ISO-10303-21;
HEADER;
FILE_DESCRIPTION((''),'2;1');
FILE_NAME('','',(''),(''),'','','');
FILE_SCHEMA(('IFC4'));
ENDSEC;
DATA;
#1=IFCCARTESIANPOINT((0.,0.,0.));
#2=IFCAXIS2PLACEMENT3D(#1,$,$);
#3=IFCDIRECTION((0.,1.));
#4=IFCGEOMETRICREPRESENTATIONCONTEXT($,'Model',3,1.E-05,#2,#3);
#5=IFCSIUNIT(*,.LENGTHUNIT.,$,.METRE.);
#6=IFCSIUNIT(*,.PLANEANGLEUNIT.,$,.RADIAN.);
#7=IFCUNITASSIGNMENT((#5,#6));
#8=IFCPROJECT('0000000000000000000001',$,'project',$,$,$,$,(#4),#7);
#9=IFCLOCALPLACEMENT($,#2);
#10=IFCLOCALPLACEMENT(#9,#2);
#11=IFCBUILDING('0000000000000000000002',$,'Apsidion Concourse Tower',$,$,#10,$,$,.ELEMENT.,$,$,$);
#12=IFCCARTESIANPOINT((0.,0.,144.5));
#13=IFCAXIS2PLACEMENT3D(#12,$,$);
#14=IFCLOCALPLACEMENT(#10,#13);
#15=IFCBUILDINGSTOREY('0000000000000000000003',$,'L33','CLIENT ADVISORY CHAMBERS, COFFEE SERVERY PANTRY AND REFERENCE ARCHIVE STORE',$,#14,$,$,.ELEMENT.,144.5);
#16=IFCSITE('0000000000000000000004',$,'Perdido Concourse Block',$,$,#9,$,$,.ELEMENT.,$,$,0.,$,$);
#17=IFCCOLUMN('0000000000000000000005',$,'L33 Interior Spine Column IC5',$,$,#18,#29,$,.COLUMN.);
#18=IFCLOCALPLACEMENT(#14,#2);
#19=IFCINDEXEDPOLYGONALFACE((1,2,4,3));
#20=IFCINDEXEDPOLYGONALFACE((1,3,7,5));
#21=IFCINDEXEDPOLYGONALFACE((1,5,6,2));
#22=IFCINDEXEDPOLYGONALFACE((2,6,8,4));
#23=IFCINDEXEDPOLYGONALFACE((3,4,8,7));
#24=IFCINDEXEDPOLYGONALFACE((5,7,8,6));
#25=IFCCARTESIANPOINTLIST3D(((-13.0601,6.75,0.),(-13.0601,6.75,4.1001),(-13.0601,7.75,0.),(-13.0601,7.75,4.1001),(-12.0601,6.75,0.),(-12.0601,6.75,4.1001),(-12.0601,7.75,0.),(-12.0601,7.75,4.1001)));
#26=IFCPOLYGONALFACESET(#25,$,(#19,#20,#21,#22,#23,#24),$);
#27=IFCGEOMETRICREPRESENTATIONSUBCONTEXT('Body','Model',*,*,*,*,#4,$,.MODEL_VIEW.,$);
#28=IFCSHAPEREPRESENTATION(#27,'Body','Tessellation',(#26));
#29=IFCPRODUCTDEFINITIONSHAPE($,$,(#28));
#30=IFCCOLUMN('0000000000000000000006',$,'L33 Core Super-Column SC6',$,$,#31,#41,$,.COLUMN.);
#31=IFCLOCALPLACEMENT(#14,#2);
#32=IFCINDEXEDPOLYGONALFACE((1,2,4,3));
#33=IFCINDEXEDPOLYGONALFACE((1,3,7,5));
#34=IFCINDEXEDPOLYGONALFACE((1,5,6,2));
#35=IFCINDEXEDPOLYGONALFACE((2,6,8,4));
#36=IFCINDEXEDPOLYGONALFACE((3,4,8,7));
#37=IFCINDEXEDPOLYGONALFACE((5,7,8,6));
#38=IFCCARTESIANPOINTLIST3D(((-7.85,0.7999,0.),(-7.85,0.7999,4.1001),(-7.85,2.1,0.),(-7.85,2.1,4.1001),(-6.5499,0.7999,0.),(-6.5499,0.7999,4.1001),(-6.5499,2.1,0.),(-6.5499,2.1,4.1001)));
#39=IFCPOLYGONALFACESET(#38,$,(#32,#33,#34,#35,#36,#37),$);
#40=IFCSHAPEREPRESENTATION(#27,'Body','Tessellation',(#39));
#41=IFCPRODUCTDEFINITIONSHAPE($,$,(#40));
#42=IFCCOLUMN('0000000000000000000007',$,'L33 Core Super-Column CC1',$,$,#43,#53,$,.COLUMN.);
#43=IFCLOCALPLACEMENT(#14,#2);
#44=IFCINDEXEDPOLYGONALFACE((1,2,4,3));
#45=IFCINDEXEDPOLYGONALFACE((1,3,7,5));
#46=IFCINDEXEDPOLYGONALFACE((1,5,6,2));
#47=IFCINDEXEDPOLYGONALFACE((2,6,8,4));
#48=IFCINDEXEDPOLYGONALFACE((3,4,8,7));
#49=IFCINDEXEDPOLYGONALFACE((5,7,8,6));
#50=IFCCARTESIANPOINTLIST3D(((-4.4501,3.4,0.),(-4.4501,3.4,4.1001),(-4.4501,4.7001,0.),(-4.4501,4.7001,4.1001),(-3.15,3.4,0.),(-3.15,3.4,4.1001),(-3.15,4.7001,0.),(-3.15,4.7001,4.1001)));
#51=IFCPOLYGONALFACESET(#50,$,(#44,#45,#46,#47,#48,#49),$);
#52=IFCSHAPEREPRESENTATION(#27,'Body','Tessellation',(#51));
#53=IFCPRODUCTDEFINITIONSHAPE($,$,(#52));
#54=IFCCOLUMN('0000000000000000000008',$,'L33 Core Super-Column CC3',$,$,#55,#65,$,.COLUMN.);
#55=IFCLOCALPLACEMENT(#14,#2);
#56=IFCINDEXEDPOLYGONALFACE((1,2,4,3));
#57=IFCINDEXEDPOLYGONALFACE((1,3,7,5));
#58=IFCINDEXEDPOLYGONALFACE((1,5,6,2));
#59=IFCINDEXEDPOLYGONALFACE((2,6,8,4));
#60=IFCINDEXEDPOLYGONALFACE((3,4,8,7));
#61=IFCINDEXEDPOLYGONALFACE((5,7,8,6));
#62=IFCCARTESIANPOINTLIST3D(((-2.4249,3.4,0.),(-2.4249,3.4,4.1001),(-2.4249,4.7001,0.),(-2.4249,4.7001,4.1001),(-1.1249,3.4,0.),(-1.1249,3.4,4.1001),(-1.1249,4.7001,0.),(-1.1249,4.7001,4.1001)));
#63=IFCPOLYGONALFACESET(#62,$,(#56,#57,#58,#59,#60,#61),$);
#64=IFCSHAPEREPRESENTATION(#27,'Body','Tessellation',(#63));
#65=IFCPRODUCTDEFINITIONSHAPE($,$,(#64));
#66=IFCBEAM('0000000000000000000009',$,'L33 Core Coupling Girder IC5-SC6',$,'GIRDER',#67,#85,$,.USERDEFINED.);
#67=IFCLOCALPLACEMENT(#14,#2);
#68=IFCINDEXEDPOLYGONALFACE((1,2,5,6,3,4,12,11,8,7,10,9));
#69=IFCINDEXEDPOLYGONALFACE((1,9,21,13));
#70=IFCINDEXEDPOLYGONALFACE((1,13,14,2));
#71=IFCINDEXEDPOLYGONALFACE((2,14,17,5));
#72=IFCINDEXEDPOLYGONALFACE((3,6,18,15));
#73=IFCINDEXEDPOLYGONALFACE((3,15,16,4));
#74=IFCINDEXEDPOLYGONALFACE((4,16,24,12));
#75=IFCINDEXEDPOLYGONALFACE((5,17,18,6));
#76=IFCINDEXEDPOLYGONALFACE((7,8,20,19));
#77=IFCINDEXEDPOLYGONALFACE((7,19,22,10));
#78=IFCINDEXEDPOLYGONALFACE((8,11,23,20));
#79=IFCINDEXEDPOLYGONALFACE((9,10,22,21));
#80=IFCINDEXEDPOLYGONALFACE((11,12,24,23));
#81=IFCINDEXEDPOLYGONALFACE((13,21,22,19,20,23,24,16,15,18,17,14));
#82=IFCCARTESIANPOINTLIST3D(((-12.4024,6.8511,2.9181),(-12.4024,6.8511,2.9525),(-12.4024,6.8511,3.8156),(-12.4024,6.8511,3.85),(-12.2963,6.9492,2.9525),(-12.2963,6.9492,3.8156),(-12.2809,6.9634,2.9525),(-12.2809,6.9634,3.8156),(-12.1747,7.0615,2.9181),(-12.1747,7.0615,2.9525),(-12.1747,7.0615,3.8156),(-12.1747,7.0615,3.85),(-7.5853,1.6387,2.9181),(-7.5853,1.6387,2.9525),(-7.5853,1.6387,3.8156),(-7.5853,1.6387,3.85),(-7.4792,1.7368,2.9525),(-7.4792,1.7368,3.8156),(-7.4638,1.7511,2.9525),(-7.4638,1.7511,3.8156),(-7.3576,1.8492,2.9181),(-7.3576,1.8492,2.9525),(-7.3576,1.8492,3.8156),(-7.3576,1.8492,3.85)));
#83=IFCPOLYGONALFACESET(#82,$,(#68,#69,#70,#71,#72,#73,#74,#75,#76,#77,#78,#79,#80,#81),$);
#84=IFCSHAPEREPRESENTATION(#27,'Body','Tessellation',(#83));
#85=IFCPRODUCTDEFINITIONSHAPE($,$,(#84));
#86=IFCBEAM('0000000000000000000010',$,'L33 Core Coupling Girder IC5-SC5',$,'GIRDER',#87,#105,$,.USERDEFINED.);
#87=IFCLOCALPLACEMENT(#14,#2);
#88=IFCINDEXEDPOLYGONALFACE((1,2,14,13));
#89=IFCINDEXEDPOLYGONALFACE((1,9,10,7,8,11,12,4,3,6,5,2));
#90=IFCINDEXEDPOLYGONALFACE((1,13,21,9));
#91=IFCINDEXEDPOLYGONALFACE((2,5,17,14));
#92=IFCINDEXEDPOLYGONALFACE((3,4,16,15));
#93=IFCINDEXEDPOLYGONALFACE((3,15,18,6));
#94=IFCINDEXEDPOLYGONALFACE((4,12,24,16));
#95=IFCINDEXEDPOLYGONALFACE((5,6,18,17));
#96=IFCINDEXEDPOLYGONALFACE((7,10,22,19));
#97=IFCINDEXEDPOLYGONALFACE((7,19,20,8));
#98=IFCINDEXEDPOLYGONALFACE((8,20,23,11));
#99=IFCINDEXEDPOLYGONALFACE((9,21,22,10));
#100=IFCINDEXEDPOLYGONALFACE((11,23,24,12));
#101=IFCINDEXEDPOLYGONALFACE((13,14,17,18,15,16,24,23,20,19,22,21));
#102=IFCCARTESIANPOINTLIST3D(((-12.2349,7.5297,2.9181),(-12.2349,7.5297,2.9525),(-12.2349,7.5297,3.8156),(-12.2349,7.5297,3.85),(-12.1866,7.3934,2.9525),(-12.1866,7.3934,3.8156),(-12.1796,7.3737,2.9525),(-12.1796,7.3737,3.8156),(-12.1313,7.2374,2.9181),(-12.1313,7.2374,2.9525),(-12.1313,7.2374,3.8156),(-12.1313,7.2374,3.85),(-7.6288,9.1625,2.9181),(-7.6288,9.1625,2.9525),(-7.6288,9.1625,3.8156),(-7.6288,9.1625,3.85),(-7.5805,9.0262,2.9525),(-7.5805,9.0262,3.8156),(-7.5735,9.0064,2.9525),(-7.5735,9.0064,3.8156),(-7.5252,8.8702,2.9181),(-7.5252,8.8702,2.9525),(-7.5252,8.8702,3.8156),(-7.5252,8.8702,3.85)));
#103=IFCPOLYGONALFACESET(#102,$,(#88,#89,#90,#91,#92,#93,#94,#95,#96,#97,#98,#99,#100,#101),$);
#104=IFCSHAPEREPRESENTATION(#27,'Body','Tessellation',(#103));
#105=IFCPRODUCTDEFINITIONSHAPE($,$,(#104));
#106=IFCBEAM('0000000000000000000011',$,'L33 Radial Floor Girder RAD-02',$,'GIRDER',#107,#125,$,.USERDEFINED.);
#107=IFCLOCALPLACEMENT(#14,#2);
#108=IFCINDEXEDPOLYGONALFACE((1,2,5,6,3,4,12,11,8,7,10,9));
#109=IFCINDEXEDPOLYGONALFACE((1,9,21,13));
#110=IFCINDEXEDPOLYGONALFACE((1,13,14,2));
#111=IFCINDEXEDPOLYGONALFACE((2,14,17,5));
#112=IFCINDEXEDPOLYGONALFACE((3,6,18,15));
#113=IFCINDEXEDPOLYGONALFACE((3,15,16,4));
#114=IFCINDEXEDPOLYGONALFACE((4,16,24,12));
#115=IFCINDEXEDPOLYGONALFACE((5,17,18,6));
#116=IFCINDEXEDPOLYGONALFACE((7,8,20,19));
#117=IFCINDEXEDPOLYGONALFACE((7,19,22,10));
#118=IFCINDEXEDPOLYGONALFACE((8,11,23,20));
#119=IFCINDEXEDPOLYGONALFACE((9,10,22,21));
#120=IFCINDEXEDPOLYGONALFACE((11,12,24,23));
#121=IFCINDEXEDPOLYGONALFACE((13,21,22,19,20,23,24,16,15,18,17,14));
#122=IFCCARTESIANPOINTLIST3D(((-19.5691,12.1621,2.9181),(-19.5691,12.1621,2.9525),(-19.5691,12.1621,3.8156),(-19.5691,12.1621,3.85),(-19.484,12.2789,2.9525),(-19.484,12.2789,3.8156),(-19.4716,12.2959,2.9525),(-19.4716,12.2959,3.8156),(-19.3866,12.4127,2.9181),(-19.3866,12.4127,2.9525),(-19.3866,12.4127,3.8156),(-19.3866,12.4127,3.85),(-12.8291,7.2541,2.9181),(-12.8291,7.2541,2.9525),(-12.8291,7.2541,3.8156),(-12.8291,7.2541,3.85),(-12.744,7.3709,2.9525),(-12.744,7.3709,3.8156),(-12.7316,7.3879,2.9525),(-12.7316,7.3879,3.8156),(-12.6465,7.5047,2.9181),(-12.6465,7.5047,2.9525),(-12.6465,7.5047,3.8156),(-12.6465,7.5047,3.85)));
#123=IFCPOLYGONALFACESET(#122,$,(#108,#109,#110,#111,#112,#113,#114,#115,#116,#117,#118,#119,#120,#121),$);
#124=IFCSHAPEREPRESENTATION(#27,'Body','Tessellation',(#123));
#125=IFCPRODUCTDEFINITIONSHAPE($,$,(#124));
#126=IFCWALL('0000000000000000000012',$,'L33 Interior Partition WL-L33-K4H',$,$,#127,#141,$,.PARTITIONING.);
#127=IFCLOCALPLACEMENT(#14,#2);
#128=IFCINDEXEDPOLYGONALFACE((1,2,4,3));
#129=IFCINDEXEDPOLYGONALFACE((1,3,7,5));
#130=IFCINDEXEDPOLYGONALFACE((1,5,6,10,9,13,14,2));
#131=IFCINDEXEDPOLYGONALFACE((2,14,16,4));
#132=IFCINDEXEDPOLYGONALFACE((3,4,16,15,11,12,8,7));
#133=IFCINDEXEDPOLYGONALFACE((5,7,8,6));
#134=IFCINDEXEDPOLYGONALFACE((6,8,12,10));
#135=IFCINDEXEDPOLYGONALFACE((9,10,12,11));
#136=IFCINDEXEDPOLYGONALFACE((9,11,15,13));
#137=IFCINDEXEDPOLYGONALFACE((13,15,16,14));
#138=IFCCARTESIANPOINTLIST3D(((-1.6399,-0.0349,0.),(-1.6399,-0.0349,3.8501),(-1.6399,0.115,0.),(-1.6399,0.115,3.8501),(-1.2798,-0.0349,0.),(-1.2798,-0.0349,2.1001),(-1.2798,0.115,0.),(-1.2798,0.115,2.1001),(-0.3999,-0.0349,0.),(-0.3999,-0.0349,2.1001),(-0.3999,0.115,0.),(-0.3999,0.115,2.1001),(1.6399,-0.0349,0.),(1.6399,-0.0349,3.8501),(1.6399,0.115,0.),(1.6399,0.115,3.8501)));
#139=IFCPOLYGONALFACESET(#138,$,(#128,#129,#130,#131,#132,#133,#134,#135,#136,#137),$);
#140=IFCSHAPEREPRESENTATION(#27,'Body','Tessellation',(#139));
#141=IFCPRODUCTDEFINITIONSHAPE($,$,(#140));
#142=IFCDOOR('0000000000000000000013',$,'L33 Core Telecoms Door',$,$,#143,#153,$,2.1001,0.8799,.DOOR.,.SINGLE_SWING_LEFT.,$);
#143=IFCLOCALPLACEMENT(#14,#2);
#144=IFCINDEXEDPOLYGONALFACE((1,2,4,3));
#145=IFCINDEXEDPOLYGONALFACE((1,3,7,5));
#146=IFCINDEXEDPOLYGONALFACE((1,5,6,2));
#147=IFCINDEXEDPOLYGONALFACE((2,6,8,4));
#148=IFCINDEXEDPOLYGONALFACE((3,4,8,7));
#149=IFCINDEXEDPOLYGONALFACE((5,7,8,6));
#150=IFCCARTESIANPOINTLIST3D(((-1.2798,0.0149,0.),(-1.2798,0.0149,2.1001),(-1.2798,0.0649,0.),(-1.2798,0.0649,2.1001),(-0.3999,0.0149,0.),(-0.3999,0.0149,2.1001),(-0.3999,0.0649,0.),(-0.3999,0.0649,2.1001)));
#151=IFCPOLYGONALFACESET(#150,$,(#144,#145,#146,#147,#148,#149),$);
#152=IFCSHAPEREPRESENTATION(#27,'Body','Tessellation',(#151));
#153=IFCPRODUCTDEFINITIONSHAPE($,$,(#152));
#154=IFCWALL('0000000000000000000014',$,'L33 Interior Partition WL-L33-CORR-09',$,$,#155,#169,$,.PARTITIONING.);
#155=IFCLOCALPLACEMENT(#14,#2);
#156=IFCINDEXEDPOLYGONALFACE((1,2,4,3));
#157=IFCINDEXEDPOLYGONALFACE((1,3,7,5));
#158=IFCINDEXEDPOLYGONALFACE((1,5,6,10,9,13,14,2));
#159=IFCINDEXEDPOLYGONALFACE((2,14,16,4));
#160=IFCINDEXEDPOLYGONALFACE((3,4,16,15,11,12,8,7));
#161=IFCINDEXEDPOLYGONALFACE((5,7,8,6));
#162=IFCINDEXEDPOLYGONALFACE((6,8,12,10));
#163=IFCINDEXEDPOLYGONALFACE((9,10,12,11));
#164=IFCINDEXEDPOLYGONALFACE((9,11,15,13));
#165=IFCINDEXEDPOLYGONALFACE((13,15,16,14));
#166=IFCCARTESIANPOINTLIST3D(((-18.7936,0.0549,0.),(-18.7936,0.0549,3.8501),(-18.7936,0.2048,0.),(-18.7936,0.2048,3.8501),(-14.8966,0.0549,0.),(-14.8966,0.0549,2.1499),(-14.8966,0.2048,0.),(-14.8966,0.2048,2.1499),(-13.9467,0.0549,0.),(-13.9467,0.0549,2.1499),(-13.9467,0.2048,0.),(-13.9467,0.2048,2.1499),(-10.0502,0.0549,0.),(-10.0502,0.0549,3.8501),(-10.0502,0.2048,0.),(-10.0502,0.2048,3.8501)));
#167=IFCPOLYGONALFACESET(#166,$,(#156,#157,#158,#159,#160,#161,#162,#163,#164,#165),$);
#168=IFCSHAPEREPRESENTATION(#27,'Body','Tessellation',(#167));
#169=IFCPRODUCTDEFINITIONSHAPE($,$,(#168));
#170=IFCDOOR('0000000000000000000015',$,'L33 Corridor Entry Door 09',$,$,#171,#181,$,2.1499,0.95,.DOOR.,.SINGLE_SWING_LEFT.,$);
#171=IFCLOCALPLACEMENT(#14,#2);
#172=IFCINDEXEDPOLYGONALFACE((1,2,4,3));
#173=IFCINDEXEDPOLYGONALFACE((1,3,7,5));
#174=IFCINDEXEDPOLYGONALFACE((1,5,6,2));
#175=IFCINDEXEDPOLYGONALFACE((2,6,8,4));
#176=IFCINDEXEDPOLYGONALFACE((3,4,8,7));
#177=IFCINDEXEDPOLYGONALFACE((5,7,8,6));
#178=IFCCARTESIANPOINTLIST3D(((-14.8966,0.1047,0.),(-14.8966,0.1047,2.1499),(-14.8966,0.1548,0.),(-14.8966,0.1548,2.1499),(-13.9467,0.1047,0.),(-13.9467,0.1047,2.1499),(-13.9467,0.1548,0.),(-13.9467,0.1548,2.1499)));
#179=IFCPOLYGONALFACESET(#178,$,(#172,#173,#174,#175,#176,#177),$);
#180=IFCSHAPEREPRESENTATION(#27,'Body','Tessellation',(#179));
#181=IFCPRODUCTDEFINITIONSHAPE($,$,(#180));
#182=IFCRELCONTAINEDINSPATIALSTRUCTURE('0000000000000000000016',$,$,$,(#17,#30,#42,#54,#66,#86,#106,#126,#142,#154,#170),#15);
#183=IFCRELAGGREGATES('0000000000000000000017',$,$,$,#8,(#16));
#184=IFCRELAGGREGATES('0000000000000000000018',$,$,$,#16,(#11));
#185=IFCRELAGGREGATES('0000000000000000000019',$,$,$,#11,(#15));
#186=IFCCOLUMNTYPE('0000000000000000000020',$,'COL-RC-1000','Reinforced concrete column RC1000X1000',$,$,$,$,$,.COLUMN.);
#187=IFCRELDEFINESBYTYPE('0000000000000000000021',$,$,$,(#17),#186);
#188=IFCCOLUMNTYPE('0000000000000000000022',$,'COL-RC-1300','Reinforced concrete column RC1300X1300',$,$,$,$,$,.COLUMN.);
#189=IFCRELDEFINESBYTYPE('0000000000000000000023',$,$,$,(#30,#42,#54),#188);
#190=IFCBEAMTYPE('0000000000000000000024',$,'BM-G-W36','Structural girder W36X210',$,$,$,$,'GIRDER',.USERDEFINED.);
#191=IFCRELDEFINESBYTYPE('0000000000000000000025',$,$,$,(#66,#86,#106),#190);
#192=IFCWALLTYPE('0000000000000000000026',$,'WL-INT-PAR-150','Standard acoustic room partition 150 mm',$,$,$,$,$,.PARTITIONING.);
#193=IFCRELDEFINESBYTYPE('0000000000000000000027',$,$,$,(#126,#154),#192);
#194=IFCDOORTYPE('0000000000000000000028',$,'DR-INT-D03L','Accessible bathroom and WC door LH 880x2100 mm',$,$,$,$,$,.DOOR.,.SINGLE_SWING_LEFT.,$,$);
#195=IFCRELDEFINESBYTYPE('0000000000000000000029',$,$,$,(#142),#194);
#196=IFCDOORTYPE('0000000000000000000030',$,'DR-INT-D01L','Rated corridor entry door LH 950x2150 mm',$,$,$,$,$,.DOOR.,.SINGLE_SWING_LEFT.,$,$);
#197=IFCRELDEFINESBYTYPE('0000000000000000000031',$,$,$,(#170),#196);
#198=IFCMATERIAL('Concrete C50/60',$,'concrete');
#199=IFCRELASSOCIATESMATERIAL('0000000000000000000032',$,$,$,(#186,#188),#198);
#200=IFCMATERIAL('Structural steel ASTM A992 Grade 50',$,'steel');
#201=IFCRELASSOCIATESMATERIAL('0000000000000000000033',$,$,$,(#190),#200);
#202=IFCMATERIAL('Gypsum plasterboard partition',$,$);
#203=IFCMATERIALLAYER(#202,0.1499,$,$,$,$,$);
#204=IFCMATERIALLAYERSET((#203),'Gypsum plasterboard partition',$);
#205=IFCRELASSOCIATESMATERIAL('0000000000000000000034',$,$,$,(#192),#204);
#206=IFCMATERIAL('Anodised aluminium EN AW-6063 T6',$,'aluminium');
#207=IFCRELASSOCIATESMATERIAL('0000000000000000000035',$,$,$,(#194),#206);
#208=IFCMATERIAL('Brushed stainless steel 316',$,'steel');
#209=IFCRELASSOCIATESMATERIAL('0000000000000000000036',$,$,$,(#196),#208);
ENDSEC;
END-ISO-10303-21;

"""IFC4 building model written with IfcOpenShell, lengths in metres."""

from ifc_helpers import new_model, si_unit, direction, frame, frame_2d, origin, origin_2d, place, context, subcontext, project, spatial, rectangle, i_section, extrude, material, layer, layer_set, material_profile, profile_set, type_object, element, fill, save


model = new_model("IFC4")

# Units and contexts
model_context = context("Model", 3, precision=1e-05, world=origin(), true_north=direction((0.0, 1.0)))
body_context = subcontext(model_context, "Body", "Model", "MODEL_VIEW")
ifc_project = project(units=[si_unit("LENGTHUNIT", "METRE"), si_unit("PLANEANGLEUNIT", "RADIAN")], contexts=[model_context])

# Site, building, storey
site_placement = place(None, origin())
site = spatial("IfcSite", under=ifc_project, at=site_placement, Name="Perdido Concourse Block", CompositionType="ELEMENT", RefElevation=0.0)
building_placement = place(site_placement, origin())
building = spatial("IfcBuilding", under=site, at=building_placement, Name="Apsidion Concourse Tower", CompositionType="ELEMENT")
storey_placement = place(building_placement, frame((0.0, 0.0, 144.5)))
storey = spatial("IfcBuildingStorey", under=building, at=storey_placement, Name="L33", Description="CLIENT ADVISORY CHAMBERS, COFFEE SERVERY PANTRY AND REFERENCE ARCHIVE STORE", CompositionType="ELEMENT", Elevation=144.5)

# Columns
ifc_material_1 = material(Name="Concrete C50/60", Category="concrete")
ifc_material_profile_1 = material_profile(ifc_material_1, rectangle(XDim=1.0, YDim=1.0, at=origin_2d()), Name="RC 1000x1000")
ifc_profile_set_1 = profile_set([ifc_material_profile_1], Name="Concrete C50/60")
column_type_1 = type_object("IfcColumnType", Name="COL-RC-1000", Description="Reinforced concrete column RC1000X1000", PredefinedType="COLUMN", material=ifc_profile_set_1)
column_placement = place(storey_placement, frame((-12.5601, 7.25, 0.0), z_axis=(0.0, 0.0, 1.0), x_axis=(1.0, 0.0, 0.0)))
element("IfcColumn", 1, at=column_placement, inside=storey, type_object=column_type_1, Name="L33 Interior Spine Column IC5", PredefinedType="COLUMN", context=body_context, shape_type="SweptSolid", body=[
    extrude(rectangle(XDim=1.0, YDim=1.0, at=origin_2d()), origin(), (0.0, 0.0, 1.0), 4.1001),
])
ifc_material_profile_2 = material_profile(ifc_material_1, rectangle(XDim=1.3, YDim=1.3, at=origin_2d()), Name="RC 1300x1300")
ifc_profile_set_2 = profile_set([ifc_material_profile_2], Name="Concrete C50/60")
column_type_2 = type_object("IfcColumnType", Name="COL-RC-1300", Description="Reinforced concrete column RC1300X1300", PredefinedType="COLUMN", material=ifc_profile_set_2)
for number, where, z_axis, x_axis, name in (
    (2, (-7.2, 1.45, 0.0), (0.0, 0.0, 1.0), (1.0, 0.0, 0.0), "L33 Core Super-Column SC6"),
    (3, (-3.8, 4.05, 0.0), (0.0, 0.0, 1.0), (1.0, 0.0, 0.0), "L33 Core Super-Column CC1"),
    (4, (-1.7749, 4.05, 0.0), (0.0, 0.0, 1.0), (1.0, 0.0, 0.0), "L33 Core Super-Column CC3"),
):
    element("IfcColumn", number, at=place(storey_placement, frame(where, z_axis=z_axis, x_axis=x_axis)), inside=storey, type_object=column_type_2, Name=name, PredefinedType="COLUMN", context=body_context, shape_type="SweptSolid", body=[
        extrude(rectangle(XDim=1.3, YDim=1.3, at=origin_2d()), origin(), (0.0, 0.0, 1.0), 4.1001),
    ])

# Beams
ifc_material_2 = material(Name="Structural steel ASTM A992 Grade 50", Category="steel")
ifc_material_profile_3 = material_profile(ifc_material_2, i_section(OverallWidth=0.3101, OverallDepth=0.9319, WebThickness=0.021, FlangeThickness=0.0344, at=origin_2d()), Name="W36X210")
ifc_profile_set_3 = profile_set([ifc_material_profile_3], Name="Structural steel ASTM A992 Grade 50")
beam_type = type_object("IfcBeamType", Name="BM-G-W36", Description="Structural girder W36X210", ElementType="GIRDER", PredefinedType="USERDEFINED", material=ifc_profile_set_3)
beam_1_placement = place(storey_placement, frame((-12.2886, 6.9563, 3.384), z_axis=(0.678713, -0.734404, 0.0), x_axis=(0.734404, 0.678713, 0.0)))
element("IfcBeam", 5, at=beam_1_placement, inside=storey, type_object=beam_type, Name="L33 Core Coupling Girder IC5-SC6", ObjectType="GIRDER", PredefinedType="USERDEFINED", context=body_context, shape_type="SweptSolid", body=[
    extrude(i_section(OverallWidth=0.3101, OverallDepth=0.9319, WebThickness=0.021, FlangeThickness=0.0344, at=origin_2d()), origin(), (0.0, 0.0, 1.0), 7.0974),
])
beam_2_placement = place(storey_placement, frame((-12.1831, 7.3835, 3.384), z_axis=(0.942534, 0.334111, 0.0), x_axis=(-0.334111, 0.942534, 0.0)))
element("IfcBeam", 6, at=beam_2_placement, inside=storey, type_object=beam_type, Name="L33 Core Coupling Girder IC5-SC5", ObjectType="GIRDER", PredefinedType="USERDEFINED", context=body_context, shape_type="SweptSolid", body=[
    extrude(i_section(OverallWidth=0.3101, OverallDepth=0.9319, WebThickness=0.021, FlangeThickness=0.0344, at=origin_2d()), origin(), (0.0, 0.0, 1.0), 4.887),
])
beam_3_placement = place(storey_placement, frame((-12.7378, 7.3794, 3.384), z_axis=(-0.808385, 0.588654, 0.0), x_axis=(-0.588654, -0.808385, 0.0)))
element("IfcBeam", 7, at=beam_3_placement, inside=storey, type_object=beam_type, Name="L33 Radial Floor Girder RAD-02", ObjectType="GIRDER", PredefinedType="USERDEFINED", context=body_context, shape_type="SweptSolid", body=[
    extrude(i_section(OverallWidth=0.3101, OverallDepth=0.9319, WebThickness=0.021, FlangeThickness=0.0344, at=origin_2d()), origin(), (0.0, 0.0, 1.0), 8.3376),
])

# Walls, openings, doors
ifc_material_3 = material(Name="Gypsum plasterboard partition")
ifc_layer_1 = layer(ifc_material_3, 0.1499)
ifc_layer_set_1 = layer_set([ifc_layer_1], Name="Gypsum plasterboard partition")
wall_type_1 = type_object("IfcWallType", Name="WL-INT-PAR-150", Description="Standard acoustic room partition 150 mm", PredefinedType="PARTITIONING", material=ifc_layer_set_1)
wall_1_placement = place(storey_placement, frame((-1.6399, 0.04, 0.0), z_axis=(0.0, 0.0, 1.0), x_axis=(1.0, 0.0, 0.0)))
wall_1 = element("IfcWall", 8, at=wall_1_placement, inside=storey, type_object=wall_type_1, Name="L33 Interior Partition WL-L33-K4H", PredefinedType="PARTITIONING", context=body_context, shape_type="SweptSolid", body=[
    extrude(rectangle(XDim=3.2798, YDim=0.1499, at=frame_2d((1.6399, 0.0))), origin(), (0.0, 0.0, 1.0), 3.8501),
])
opening_1_placement = place(wall_1_placement, frame((0.3601, 0.0, 0.0)))
opening_1 = element("IfcOpeningElement", 9, at=opening_1_placement, cuts=wall_1, PredefinedType="OPENING", context=body_context, shape_type="SweptSolid", body=[
    extrude(rectangle(XDim=0.8799, YDim=2.1001, at=frame_2d((0.4399, 1.05))), frame((0.0, 0.085, 0.0), z_axis=(0.0, -1.0, 0.0), x_axis=(1.0, 0.0, 0.0)), (0.0, 0.0, 1.0), 0.1699),
])
ifc_material_4 = material(Name="Anodised aluminium EN AW-6063 T6", Category="aluminium")
door_type_1 = type_object("IfcDoorType", Name="DR-INT-D03L", Description="Accessible bathroom and WC door LH 880x2100 mm", OperationType="SINGLE_SWING_LEFT", PredefinedType="DOOR", material=ifc_material_4)
door_1_placement = place(opening_1_placement, origin())
door_1 = element("IfcDoor", 10, at=door_1_placement, inside=storey, type_object=door_type_1, Name="L33 Core Telecoms Door", OperationType="SINGLE_SWING_LEFT", OverallHeight=2.1001, OverallWidth=0.8799, PredefinedType="DOOR", context=body_context, shape_type="SweptSolid", body=[
    extrude(rectangle(XDim=0.8799, YDim=2.1001, at=frame_2d((0.4399, 1.05))), frame((0.0, 0.0249, 0.0), z_axis=(0.0, -1.0, 0.0), x_axis=(1.0, 0.0, 0.0)), (0.0, 0.0, 1.0), 0.05),
])
fill(opening_1, door_1)
wall_2_placement = place(storey_placement, frame((-18.7935, 0.1299, 0.0), z_axis=(0.0, 0.0, 1.0), x_axis=(1.0, 0.0, 0.0)))
wall_2 = element("IfcWall", 11, at=wall_2_placement, inside=storey, type_object=wall_type_1, Name="L33 Interior Partition WL-L33-CORR-09", PredefinedType="PARTITIONING", context=body_context, shape_type="SweptSolid", body=[
    extrude(rectangle(XDim=8.7434, YDim=0.1499, at=frame_2d((4.3716, 0.0))), origin(), (0.0, 0.0, 1.0), 3.8501),
])
opening_2_placement = place(wall_2_placement, frame((3.8967, 0.0, 0.0)))
opening_2 = element("IfcOpeningElement", 12, at=opening_2_placement, cuts=wall_2, PredefinedType="OPENING", context=body_context, shape_type="SweptSolid", body=[
    extrude(rectangle(XDim=0.95, YDim=2.1499, at=frame_2d((0.4751, 1.075))), frame((0.0, 0.085, 0.0), z_axis=(0.0, -1.0, 0.0), x_axis=(1.0, 0.0, 0.0)), (0.0, 0.0, 1.0), 0.1699),
])
ifc_material_5 = material(Name="Brushed stainless steel 316", Category="steel")
door_type_2 = type_object("IfcDoorType", Name="DR-INT-D01L", Description="Rated corridor entry door LH 950x2150 mm", OperationType="SINGLE_SWING_LEFT", PredefinedType="DOOR", material=ifc_material_5)
door_2_placement = place(opening_2_placement, origin())
door_2 = element("IfcDoor", 13, at=door_2_placement, inside=storey, type_object=door_type_2, Name="L33 Corridor Entry Door 09", OperationType="SINGLE_SWING_LEFT", OverallHeight=2.1499, OverallWidth=0.95, PredefinedType="DOOR", context=body_context, shape_type="SweptSolid", body=[
    extrude(rectangle(XDim=0.95, YDim=2.1499, at=frame_2d((0.4751, 1.075))), frame((0.0, 0.0249, 0.0), z_axis=(0.0, -1.0, 0.0), x_axis=(1.0, 0.0, 0.0)), (0.0, 0.0, 1.0), 0.05),
])
fill(opening_2, door_2)

save(model, "model.ifc")
